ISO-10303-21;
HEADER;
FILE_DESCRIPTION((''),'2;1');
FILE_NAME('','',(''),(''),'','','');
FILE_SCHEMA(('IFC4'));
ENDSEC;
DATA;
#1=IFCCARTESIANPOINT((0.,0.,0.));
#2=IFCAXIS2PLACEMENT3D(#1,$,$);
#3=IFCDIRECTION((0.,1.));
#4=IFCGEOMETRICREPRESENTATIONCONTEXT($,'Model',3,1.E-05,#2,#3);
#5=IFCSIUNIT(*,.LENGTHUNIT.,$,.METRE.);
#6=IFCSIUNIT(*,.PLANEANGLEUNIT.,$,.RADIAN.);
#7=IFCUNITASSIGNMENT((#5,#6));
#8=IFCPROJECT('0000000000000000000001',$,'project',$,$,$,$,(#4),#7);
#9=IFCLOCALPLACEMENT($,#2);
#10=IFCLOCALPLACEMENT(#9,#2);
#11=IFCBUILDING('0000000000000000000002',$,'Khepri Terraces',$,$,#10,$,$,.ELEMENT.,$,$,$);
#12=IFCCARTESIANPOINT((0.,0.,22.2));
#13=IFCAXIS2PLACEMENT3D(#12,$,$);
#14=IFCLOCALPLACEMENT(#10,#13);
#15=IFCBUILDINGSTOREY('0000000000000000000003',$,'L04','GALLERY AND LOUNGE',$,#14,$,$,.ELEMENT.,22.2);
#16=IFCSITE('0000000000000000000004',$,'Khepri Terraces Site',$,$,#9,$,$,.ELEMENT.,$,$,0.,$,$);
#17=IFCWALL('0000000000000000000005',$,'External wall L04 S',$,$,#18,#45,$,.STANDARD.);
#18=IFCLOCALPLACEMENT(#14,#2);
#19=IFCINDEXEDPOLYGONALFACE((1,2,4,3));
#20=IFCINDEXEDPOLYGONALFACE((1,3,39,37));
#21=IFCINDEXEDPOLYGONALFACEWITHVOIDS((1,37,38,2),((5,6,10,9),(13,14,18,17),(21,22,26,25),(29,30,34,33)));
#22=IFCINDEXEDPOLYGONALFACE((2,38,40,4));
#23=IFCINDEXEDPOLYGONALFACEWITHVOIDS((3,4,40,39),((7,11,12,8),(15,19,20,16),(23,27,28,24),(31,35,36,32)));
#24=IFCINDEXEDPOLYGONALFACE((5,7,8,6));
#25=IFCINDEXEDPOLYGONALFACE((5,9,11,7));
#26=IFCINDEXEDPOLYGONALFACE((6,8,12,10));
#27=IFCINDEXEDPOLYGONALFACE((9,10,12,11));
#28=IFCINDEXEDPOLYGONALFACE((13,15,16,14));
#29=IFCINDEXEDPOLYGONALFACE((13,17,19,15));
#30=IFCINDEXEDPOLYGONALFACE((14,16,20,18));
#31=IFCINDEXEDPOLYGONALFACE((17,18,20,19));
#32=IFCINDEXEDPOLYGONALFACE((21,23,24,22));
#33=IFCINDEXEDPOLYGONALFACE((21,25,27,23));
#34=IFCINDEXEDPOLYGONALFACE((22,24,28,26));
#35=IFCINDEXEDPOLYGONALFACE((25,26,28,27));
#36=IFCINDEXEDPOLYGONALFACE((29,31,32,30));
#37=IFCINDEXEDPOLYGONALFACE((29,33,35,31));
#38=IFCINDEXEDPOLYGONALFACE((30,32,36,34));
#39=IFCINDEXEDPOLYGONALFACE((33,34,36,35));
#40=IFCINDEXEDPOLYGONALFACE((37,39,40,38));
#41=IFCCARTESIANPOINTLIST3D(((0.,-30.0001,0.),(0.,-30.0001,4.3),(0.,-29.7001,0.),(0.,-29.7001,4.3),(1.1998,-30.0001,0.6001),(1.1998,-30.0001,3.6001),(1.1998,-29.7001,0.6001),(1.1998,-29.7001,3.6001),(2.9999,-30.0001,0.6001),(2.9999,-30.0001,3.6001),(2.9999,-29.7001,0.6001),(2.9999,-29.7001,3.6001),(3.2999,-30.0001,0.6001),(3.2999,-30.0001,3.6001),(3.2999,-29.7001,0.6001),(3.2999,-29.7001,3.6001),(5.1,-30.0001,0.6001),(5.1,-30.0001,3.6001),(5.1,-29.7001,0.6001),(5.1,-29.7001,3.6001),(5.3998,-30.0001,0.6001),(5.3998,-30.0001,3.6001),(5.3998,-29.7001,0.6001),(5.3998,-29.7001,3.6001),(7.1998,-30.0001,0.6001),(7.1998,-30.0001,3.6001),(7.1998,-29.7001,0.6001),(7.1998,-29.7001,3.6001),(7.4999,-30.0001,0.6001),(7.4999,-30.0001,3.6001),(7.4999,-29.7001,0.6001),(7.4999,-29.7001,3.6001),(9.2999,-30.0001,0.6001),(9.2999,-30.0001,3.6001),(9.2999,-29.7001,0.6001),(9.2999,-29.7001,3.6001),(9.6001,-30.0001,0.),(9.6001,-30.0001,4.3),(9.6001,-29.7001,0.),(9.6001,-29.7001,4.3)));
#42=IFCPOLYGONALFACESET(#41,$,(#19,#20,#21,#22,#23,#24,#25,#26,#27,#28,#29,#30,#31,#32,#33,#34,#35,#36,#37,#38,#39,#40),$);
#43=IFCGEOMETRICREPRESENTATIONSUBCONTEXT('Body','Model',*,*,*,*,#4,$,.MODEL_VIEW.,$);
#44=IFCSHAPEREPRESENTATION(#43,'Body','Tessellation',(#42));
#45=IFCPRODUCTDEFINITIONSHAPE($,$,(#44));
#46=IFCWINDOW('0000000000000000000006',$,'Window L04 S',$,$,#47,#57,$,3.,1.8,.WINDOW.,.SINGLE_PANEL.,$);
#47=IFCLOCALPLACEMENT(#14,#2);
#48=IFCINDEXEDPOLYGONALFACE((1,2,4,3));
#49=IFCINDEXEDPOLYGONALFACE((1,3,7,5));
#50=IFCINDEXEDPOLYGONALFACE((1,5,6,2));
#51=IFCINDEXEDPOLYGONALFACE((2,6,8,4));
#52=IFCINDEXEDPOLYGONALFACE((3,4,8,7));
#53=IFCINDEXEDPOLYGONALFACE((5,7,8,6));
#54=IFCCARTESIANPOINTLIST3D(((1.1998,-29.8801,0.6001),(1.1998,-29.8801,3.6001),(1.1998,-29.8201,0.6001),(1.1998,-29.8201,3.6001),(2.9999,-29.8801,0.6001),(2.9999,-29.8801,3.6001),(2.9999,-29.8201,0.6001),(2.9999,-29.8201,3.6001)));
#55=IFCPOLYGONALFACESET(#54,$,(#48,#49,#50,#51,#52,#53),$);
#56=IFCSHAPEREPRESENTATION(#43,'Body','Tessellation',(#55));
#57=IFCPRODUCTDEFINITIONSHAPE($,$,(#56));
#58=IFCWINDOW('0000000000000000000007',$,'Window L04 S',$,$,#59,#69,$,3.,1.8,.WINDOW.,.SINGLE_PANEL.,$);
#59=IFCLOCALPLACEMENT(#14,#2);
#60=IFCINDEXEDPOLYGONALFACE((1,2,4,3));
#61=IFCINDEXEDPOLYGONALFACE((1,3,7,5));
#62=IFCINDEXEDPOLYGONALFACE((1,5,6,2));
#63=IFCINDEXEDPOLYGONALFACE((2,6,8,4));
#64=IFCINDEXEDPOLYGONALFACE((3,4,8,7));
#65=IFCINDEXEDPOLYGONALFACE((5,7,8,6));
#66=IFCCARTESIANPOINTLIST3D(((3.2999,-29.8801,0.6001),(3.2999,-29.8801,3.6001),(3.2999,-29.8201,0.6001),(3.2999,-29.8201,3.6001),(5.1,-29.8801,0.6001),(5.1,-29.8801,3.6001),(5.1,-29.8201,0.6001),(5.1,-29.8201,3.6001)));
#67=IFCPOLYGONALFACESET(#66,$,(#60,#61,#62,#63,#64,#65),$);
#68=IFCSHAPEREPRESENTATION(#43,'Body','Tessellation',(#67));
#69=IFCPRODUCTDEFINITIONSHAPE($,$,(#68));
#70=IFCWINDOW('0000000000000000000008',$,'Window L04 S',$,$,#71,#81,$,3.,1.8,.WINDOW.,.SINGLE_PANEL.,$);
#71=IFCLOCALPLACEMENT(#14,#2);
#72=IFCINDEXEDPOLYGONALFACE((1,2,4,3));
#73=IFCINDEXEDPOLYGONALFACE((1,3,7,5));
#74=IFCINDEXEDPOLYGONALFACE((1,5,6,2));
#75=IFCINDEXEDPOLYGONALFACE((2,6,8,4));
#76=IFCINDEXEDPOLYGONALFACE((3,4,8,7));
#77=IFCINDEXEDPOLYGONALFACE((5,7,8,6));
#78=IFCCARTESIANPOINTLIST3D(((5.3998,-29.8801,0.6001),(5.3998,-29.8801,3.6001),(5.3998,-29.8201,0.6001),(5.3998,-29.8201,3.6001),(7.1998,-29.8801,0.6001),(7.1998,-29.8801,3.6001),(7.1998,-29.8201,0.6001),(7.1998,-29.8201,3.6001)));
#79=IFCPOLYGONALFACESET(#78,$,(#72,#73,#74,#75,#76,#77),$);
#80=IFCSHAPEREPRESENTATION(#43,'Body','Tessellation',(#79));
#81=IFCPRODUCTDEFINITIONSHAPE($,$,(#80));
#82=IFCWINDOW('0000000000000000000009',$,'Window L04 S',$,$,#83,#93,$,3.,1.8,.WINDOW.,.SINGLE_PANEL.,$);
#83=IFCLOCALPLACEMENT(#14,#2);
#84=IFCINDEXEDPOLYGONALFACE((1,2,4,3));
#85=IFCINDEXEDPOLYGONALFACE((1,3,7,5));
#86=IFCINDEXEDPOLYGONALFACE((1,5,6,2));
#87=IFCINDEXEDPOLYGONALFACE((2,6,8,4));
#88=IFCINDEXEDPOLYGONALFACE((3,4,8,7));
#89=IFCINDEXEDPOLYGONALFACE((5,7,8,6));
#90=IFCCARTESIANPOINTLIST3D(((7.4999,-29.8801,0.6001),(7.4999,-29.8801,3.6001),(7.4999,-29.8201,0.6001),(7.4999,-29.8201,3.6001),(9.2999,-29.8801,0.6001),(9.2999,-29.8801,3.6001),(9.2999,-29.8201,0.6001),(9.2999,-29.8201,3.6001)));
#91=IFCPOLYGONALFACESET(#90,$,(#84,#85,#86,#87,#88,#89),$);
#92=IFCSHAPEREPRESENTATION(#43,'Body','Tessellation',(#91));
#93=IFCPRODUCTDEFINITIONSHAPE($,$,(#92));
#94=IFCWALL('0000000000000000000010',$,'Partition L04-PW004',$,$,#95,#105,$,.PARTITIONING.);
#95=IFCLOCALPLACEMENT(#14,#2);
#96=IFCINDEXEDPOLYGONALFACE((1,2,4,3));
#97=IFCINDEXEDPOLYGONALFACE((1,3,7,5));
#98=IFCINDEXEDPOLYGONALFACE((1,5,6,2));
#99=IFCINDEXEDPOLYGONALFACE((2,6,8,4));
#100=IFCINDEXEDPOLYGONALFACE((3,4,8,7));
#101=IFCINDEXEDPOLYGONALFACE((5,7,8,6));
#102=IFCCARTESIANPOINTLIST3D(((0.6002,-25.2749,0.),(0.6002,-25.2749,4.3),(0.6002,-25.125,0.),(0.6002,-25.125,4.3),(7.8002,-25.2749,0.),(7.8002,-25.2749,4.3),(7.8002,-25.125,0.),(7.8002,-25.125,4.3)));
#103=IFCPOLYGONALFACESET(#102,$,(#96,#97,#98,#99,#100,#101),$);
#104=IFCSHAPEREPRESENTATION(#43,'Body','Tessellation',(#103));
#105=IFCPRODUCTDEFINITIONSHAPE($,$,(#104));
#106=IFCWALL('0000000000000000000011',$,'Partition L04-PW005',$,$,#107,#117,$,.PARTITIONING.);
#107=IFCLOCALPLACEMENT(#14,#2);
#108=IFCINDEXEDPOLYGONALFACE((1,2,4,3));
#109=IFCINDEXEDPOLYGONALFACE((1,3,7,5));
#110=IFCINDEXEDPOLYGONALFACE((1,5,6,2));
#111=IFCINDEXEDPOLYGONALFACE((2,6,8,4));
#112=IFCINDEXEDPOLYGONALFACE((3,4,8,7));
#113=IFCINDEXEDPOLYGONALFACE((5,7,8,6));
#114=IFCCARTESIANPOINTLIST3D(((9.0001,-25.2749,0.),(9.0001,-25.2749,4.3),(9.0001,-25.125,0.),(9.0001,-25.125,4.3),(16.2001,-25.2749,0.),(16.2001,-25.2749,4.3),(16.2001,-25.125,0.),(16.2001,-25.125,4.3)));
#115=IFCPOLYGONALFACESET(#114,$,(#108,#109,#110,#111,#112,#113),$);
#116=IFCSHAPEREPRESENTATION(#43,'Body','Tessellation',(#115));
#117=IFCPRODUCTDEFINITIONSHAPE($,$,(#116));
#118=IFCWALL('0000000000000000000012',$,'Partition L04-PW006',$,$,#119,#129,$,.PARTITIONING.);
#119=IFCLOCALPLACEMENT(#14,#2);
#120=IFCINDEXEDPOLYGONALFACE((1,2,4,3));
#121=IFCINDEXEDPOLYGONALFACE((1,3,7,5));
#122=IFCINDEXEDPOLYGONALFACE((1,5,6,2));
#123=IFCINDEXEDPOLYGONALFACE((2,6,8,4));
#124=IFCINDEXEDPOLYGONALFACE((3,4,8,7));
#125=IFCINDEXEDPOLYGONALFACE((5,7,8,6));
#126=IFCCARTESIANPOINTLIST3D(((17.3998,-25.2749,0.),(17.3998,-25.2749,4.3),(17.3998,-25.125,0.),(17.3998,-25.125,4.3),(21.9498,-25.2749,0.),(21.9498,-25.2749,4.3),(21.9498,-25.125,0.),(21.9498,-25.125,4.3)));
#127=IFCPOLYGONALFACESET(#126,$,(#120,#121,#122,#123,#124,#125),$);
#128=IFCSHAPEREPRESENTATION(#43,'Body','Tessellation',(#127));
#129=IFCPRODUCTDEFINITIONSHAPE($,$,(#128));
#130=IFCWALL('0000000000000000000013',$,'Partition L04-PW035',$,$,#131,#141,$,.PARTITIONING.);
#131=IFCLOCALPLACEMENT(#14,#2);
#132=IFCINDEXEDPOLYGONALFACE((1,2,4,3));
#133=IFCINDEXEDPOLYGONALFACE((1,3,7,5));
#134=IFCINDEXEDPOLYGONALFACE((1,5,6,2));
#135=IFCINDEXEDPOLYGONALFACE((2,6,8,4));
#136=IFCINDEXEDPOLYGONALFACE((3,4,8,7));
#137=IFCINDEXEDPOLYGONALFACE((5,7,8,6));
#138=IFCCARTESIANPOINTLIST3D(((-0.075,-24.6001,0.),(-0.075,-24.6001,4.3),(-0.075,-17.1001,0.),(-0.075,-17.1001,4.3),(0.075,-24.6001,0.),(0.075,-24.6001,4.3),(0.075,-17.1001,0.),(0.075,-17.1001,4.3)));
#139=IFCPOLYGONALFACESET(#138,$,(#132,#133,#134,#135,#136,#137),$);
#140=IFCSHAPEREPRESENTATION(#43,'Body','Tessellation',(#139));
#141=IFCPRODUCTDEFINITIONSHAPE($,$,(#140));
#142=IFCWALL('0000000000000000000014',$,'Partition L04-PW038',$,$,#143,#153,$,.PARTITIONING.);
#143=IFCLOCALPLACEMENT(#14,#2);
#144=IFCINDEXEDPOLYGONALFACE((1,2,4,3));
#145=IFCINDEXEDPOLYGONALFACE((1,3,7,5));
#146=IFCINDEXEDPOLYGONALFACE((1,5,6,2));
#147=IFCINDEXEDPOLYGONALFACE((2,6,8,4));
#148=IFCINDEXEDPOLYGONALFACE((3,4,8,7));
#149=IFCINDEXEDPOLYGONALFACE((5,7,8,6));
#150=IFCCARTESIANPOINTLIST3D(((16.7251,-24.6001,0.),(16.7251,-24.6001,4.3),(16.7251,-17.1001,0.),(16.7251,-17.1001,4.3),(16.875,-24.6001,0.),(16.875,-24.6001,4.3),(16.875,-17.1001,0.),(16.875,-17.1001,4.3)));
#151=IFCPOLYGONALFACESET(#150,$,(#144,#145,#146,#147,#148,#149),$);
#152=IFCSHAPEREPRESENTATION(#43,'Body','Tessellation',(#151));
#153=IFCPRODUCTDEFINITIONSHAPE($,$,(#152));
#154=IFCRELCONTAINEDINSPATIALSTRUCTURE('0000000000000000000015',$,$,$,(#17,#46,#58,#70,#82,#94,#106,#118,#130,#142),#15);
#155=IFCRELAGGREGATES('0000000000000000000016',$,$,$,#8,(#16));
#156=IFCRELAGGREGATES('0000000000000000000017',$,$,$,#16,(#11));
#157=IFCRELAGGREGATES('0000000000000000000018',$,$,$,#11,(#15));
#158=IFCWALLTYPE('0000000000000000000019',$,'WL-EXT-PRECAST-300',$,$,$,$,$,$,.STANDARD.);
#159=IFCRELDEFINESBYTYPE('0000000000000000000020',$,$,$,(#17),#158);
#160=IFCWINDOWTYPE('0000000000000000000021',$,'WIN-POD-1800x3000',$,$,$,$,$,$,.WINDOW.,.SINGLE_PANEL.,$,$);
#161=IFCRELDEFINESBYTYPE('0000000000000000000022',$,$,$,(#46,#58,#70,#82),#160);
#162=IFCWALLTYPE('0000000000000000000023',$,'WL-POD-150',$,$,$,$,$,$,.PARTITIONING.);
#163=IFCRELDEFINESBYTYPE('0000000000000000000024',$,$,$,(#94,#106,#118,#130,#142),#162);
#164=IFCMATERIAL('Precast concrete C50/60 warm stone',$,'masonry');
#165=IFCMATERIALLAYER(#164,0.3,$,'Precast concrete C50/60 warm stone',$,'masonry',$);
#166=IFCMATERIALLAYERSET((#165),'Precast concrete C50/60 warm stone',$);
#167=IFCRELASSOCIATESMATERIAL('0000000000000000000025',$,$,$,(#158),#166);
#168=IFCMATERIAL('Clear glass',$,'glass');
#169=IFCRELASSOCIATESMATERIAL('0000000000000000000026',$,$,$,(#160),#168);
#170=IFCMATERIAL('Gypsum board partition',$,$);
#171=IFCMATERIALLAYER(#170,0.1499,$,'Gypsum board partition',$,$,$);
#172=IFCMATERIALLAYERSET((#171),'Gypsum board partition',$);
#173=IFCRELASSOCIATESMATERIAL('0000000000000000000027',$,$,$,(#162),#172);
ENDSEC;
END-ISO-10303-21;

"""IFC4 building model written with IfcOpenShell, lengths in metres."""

from ifc_helpers import new_model, si_unit, direction, frame, frame_2d, origin, place, context, subcontext, project, spatial, rectangle, extrude, material, layer, layer_set, type_object, element, fill, save


model = new_model("IFC4")

# Units and contexts
model_context = context("Model", 3, precision=1e-05, world=origin(), true_north=direction((0.0, 1.0)))
body_context = subcontext(model_context, "Body", "Model", "MODEL_VIEW")
ifc_project = project(units=[si_unit("LENGTHUNIT", "METRE"), si_unit("PLANEANGLEUNIT", "RADIAN")], contexts=[model_context])

# Site, building, storey
site_placement = place(None, origin())
site = spatial("IfcSite", under=ifc_project, at=site_placement, Name="Khepri Terraces Site", CompositionType="ELEMENT", RefElevation=0.0)
building_placement = place(site_placement, origin())
building = spatial("IfcBuilding", under=site, at=building_placement, Name="Khepri Terraces", CompositionType="ELEMENT")
storey_placement = place(building_placement, frame((0.0, 0.0, 22.2)))
storey = spatial("IfcBuildingStorey", under=building, at=storey_placement, Name="L04", Description="GALLERY AND LOUNGE", CompositionType="ELEMENT", Elevation=22.2)

# Shared definitions
ifc_material_1 = material(Name="Clear glass", Category="glass")

# Wall, openings, windows
ifc_material_2 = material(Name="Precast concrete C50/60 warm stone", Category="masonry")
ifc_layer_1 = layer(ifc_material_2, 0.3, Name="Precast concrete C50/60 warm stone", Category="masonry")
ifc_layer_set_1 = layer_set([ifc_layer_1], Name="Precast concrete C50/60 warm stone")
wall_type_1 = type_object("IfcWallType", Name="WL-EXT-PRECAST-300", PredefinedType="STANDARD", material=ifc_layer_set_1)
wall_1_placement = place(storey_placement, frame((0.0, -29.8501, 0.0), z_axis=(0.0, 0.0, 1.0), x_axis=(1.0, 0.0, 0.0)))
wall_1 = element("IfcWall", 1, at=wall_1_placement, inside=storey, type_object=wall_type_1, Name="External wall L04 S", PredefinedType="STANDARD", context=body_context, shape_type="SweptSolid", body=[
    extrude(rectangle(XDim=9.6001, YDim=0.3, at=frame_2d((4.8, 0.0))), origin(), (0.0, 0.0, 1.0), 4.3),
])
opening_1_placement = place(wall_1_placement, frame((1.2, 0.0, 0.6001)))
opening_1 = element("IfcOpeningElement", 2, at=opening_1_placement, cuts=wall_1, PredefinedType="OPENING", context=body_context, shape_type="SweptSolid", body=[
    extrude(rectangle(XDim=1.8, YDim=3.0, at=frame_2d((0.8999, 1.5))), frame((0.0, 0.1602, 0.0), z_axis=(0.0, -1.0, 0.0), x_axis=(1.0, 0.0, 0.0)), (0.0, 0.0, 1.0), 0.3201),
])
opening_2_placement = place(wall_1_placement, frame((3.3, 0.0, 0.6001)))
opening_2 = element("IfcOpeningElement", 3, at=opening_2_placement, cuts=wall_1, PredefinedType="OPENING", context=body_context, shape_type="SweptSolid", body=[
    extrude(rectangle(XDim=1.8, YDim=3.0, at=frame_2d((0.8999, 1.5))), frame((0.0, 0.1602, 0.0), z_axis=(0.0, -1.0, 0.0), x_axis=(1.0, 0.0, 0.0)), (0.0, 0.0, 1.0), 0.3201),
])
opening_3_placement = place(wall_1_placement, frame((5.3999, 0.0, 0.6001)))
opening_3 = element("IfcOpeningElement", 4, at=opening_3_placement, cuts=wall_1, PredefinedType="OPENING", context=body_context, shape_type="SweptSolid", body=[
    extrude(rectangle(XDim=1.8, YDim=3.0, at=frame_2d((0.8999, 1.5))), frame((0.0, 0.1602, 0.0), z_axis=(0.0, -1.0, 0.0), x_axis=(1.0, 0.0, 0.0)), (0.0, 0.0, 1.0), 0.3201),
])
opening_4_placement = place(wall_1_placement, frame((7.5, 0.0, 0.6001)))
opening_4 = element("IfcOpeningElement", 5, at=opening_4_placement, cuts=wall_1, PredefinedType="OPENING", context=body_context, shape_type="SweptSolid", body=[
    extrude(rectangle(XDim=1.8, YDim=3.0, at=frame_2d((0.8999, 1.5))), frame((0.0, 0.1602, 0.0), z_axis=(0.0, -1.0, 0.0), x_axis=(1.0, 0.0, 0.0)), (0.0, 0.0, 1.0), 0.3201),
])
window_type = type_object("IfcWindowType", Name="WIN-POD-1800x3000", PartitioningType="SINGLE_PANEL", PredefinedType="WINDOW", material=ifc_material_1)
window_1_placement = place(opening_1_placement, origin())
window_1 = element("IfcWindow", 6, at=window_1_placement, inside=storey, type_object=window_type, Name="Window L04 S", OverallHeight=3.0, OverallWidth=1.8, PartitioningType="SINGLE_PANEL", PredefinedType="WINDOW", context=body_context, shape_type="SweptSolid", body=[
    extrude(rectangle(XDim=1.8, YDim=3.0, at=frame_2d((0.8999, 1.5))), frame((0.0, 0.03, 0.0), z_axis=(0.0, -1.0, 0.0), x_axis=(1.0, 0.0, 0.0)), (0.0, 0.0, 1.0), 0.0601),
])
fill(opening_1, window_1)
window_2_placement = place(opening_2_placement, origin())
window_2 = element("IfcWindow", 7, at=window_2_placement, inside=storey, type_object=window_type, Name="Window L04 S", OverallHeight=3.0, OverallWidth=1.8, PartitioningType="SINGLE_PANEL", PredefinedType="WINDOW", context=body_context, shape_type="SweptSolid", body=[
    extrude(rectangle(XDim=1.8, YDim=3.0, at=frame_2d((0.8999, 1.5))), frame((0.0, 0.03, 0.0), z_axis=(0.0, -1.0, 0.0), x_axis=(1.0, 0.0, 0.0)), (0.0, 0.0, 1.0), 0.0601),
])
fill(opening_2, window_2)
window_3_placement = place(opening_3_placement, origin())
window_3 = element("IfcWindow", 8, at=window_3_placement, inside=storey, type_object=window_type, Name="Window L04 S", OverallHeight=3.0, OverallWidth=1.8, PartitioningType="SINGLE_PANEL", PredefinedType="WINDOW", context=body_context, shape_type="SweptSolid", body=[
    extrude(rectangle(XDim=1.8, YDim=3.0, at=frame_2d((0.8999, 1.5))), frame((0.0, 0.03, 0.0), z_axis=(0.0, -1.0, 0.0), x_axis=(1.0, 0.0, 0.0)), (0.0, 0.0, 1.0), 0.0601),
])
fill(opening_3, window_3)
window_4_placement = place(opening_4_placement, origin())
window_4 = element("IfcWindow", 9, at=window_4_placement, inside=storey, type_object=window_type, Name="Window L04 S", OverallHeight=3.0, OverallWidth=1.8, PartitioningType="SINGLE_PANEL", PredefinedType="WINDOW", context=body_context, shape_type="SweptSolid", body=[
    extrude(rectangle(XDim=1.8, YDim=3.0, at=frame_2d((0.8999, 1.5))), frame((0.0, 0.03, 0.0), z_axis=(0.0, -1.0, 0.0), x_axis=(1.0, 0.0, 0.0)), (0.0, 0.0, 1.0), 0.0601),
])
fill(opening_4, window_4)

# Walls
ifc_material_3 = material(Name="Gypsum board partition")
ifc_layer_2 = layer(ifc_material_3, 0.1499, Name="Gypsum board partition")
ifc_layer_set_2 = layer_set([ifc_layer_2], Name="Gypsum board partition")
wall_type_2 = type_object("IfcWallType", Name="WL-POD-150", PredefinedType="PARTITIONING", material=ifc_layer_set_2)
for number, where, z_axis, x_axis, name in (
    (10, (0.6001, -25.2, 0.0), (0.0, 0.0, 1.0), (1.0, 0.0, 0.0), "Partition L04-PW004"),
    (11, (9.0, -25.2, 0.0), (0.0, 0.0, 1.0), (1.0, 0.0, 0.0), "Partition L04-PW005"),
):
    element("IfcWall", number, at=place(storey_placement, frame(where, z_axis=z_axis, x_axis=x_axis)), inside=storey, type_object=wall_type_2, Name=name, PredefinedType="PARTITIONING", context=body_context, shape_type="SweptSolid", body=[
        extrude(rectangle(XDim=7.2, YDim=0.1499, at=frame_2d((3.6001, 0.0))), origin(), (0.0, 0.0, 1.0), 4.3),
    ])
wall_2_placement = place(storey_placement, frame((17.3999, -25.2, 0.0), z_axis=(0.0, 0.0, 1.0), x_axis=(1.0, 0.0, 0.0)))
element("IfcWall", 12, at=wall_2_placement, inside=storey, type_object=wall_type_2, Name="Partition L04-PW006", PredefinedType="PARTITIONING", context=body_context, shape_type="SweptSolid", body=[
    extrude(rectangle(XDim=4.55, YDim=0.1499, at=frame_2d((2.2749, 0.0))), origin(), (0.0, 0.0, 1.0), 4.3),
])
for number, where, z_axis, x_axis, name in (
    (13, (0.0, -24.6001, 0.0), (0.0, 0.0, 1.0), (0.0, 1.0, 0.0), "Partition L04-PW035"),
    (14, (16.8, -24.6001, 0.0), (0.0, 0.0, 1.0), (0.0, 1.0, 0.0), "Partition L04-PW038"),
):
    element("IfcWall", number, at=place(storey_placement, frame(where, z_axis=z_axis, x_axis=x_axis)), inside=storey, type_object=wall_type_2, Name=name, PredefinedType="PARTITIONING", context=body_context, shape_type="SweptSolid", body=[
        extrude(rectangle(XDim=7.5, YDim=0.1499, at=frame_2d((3.75, 0.0))), origin(), (0.0, 0.0, 1.0), 4.3),
    ])

save(model, "model.ifc")
